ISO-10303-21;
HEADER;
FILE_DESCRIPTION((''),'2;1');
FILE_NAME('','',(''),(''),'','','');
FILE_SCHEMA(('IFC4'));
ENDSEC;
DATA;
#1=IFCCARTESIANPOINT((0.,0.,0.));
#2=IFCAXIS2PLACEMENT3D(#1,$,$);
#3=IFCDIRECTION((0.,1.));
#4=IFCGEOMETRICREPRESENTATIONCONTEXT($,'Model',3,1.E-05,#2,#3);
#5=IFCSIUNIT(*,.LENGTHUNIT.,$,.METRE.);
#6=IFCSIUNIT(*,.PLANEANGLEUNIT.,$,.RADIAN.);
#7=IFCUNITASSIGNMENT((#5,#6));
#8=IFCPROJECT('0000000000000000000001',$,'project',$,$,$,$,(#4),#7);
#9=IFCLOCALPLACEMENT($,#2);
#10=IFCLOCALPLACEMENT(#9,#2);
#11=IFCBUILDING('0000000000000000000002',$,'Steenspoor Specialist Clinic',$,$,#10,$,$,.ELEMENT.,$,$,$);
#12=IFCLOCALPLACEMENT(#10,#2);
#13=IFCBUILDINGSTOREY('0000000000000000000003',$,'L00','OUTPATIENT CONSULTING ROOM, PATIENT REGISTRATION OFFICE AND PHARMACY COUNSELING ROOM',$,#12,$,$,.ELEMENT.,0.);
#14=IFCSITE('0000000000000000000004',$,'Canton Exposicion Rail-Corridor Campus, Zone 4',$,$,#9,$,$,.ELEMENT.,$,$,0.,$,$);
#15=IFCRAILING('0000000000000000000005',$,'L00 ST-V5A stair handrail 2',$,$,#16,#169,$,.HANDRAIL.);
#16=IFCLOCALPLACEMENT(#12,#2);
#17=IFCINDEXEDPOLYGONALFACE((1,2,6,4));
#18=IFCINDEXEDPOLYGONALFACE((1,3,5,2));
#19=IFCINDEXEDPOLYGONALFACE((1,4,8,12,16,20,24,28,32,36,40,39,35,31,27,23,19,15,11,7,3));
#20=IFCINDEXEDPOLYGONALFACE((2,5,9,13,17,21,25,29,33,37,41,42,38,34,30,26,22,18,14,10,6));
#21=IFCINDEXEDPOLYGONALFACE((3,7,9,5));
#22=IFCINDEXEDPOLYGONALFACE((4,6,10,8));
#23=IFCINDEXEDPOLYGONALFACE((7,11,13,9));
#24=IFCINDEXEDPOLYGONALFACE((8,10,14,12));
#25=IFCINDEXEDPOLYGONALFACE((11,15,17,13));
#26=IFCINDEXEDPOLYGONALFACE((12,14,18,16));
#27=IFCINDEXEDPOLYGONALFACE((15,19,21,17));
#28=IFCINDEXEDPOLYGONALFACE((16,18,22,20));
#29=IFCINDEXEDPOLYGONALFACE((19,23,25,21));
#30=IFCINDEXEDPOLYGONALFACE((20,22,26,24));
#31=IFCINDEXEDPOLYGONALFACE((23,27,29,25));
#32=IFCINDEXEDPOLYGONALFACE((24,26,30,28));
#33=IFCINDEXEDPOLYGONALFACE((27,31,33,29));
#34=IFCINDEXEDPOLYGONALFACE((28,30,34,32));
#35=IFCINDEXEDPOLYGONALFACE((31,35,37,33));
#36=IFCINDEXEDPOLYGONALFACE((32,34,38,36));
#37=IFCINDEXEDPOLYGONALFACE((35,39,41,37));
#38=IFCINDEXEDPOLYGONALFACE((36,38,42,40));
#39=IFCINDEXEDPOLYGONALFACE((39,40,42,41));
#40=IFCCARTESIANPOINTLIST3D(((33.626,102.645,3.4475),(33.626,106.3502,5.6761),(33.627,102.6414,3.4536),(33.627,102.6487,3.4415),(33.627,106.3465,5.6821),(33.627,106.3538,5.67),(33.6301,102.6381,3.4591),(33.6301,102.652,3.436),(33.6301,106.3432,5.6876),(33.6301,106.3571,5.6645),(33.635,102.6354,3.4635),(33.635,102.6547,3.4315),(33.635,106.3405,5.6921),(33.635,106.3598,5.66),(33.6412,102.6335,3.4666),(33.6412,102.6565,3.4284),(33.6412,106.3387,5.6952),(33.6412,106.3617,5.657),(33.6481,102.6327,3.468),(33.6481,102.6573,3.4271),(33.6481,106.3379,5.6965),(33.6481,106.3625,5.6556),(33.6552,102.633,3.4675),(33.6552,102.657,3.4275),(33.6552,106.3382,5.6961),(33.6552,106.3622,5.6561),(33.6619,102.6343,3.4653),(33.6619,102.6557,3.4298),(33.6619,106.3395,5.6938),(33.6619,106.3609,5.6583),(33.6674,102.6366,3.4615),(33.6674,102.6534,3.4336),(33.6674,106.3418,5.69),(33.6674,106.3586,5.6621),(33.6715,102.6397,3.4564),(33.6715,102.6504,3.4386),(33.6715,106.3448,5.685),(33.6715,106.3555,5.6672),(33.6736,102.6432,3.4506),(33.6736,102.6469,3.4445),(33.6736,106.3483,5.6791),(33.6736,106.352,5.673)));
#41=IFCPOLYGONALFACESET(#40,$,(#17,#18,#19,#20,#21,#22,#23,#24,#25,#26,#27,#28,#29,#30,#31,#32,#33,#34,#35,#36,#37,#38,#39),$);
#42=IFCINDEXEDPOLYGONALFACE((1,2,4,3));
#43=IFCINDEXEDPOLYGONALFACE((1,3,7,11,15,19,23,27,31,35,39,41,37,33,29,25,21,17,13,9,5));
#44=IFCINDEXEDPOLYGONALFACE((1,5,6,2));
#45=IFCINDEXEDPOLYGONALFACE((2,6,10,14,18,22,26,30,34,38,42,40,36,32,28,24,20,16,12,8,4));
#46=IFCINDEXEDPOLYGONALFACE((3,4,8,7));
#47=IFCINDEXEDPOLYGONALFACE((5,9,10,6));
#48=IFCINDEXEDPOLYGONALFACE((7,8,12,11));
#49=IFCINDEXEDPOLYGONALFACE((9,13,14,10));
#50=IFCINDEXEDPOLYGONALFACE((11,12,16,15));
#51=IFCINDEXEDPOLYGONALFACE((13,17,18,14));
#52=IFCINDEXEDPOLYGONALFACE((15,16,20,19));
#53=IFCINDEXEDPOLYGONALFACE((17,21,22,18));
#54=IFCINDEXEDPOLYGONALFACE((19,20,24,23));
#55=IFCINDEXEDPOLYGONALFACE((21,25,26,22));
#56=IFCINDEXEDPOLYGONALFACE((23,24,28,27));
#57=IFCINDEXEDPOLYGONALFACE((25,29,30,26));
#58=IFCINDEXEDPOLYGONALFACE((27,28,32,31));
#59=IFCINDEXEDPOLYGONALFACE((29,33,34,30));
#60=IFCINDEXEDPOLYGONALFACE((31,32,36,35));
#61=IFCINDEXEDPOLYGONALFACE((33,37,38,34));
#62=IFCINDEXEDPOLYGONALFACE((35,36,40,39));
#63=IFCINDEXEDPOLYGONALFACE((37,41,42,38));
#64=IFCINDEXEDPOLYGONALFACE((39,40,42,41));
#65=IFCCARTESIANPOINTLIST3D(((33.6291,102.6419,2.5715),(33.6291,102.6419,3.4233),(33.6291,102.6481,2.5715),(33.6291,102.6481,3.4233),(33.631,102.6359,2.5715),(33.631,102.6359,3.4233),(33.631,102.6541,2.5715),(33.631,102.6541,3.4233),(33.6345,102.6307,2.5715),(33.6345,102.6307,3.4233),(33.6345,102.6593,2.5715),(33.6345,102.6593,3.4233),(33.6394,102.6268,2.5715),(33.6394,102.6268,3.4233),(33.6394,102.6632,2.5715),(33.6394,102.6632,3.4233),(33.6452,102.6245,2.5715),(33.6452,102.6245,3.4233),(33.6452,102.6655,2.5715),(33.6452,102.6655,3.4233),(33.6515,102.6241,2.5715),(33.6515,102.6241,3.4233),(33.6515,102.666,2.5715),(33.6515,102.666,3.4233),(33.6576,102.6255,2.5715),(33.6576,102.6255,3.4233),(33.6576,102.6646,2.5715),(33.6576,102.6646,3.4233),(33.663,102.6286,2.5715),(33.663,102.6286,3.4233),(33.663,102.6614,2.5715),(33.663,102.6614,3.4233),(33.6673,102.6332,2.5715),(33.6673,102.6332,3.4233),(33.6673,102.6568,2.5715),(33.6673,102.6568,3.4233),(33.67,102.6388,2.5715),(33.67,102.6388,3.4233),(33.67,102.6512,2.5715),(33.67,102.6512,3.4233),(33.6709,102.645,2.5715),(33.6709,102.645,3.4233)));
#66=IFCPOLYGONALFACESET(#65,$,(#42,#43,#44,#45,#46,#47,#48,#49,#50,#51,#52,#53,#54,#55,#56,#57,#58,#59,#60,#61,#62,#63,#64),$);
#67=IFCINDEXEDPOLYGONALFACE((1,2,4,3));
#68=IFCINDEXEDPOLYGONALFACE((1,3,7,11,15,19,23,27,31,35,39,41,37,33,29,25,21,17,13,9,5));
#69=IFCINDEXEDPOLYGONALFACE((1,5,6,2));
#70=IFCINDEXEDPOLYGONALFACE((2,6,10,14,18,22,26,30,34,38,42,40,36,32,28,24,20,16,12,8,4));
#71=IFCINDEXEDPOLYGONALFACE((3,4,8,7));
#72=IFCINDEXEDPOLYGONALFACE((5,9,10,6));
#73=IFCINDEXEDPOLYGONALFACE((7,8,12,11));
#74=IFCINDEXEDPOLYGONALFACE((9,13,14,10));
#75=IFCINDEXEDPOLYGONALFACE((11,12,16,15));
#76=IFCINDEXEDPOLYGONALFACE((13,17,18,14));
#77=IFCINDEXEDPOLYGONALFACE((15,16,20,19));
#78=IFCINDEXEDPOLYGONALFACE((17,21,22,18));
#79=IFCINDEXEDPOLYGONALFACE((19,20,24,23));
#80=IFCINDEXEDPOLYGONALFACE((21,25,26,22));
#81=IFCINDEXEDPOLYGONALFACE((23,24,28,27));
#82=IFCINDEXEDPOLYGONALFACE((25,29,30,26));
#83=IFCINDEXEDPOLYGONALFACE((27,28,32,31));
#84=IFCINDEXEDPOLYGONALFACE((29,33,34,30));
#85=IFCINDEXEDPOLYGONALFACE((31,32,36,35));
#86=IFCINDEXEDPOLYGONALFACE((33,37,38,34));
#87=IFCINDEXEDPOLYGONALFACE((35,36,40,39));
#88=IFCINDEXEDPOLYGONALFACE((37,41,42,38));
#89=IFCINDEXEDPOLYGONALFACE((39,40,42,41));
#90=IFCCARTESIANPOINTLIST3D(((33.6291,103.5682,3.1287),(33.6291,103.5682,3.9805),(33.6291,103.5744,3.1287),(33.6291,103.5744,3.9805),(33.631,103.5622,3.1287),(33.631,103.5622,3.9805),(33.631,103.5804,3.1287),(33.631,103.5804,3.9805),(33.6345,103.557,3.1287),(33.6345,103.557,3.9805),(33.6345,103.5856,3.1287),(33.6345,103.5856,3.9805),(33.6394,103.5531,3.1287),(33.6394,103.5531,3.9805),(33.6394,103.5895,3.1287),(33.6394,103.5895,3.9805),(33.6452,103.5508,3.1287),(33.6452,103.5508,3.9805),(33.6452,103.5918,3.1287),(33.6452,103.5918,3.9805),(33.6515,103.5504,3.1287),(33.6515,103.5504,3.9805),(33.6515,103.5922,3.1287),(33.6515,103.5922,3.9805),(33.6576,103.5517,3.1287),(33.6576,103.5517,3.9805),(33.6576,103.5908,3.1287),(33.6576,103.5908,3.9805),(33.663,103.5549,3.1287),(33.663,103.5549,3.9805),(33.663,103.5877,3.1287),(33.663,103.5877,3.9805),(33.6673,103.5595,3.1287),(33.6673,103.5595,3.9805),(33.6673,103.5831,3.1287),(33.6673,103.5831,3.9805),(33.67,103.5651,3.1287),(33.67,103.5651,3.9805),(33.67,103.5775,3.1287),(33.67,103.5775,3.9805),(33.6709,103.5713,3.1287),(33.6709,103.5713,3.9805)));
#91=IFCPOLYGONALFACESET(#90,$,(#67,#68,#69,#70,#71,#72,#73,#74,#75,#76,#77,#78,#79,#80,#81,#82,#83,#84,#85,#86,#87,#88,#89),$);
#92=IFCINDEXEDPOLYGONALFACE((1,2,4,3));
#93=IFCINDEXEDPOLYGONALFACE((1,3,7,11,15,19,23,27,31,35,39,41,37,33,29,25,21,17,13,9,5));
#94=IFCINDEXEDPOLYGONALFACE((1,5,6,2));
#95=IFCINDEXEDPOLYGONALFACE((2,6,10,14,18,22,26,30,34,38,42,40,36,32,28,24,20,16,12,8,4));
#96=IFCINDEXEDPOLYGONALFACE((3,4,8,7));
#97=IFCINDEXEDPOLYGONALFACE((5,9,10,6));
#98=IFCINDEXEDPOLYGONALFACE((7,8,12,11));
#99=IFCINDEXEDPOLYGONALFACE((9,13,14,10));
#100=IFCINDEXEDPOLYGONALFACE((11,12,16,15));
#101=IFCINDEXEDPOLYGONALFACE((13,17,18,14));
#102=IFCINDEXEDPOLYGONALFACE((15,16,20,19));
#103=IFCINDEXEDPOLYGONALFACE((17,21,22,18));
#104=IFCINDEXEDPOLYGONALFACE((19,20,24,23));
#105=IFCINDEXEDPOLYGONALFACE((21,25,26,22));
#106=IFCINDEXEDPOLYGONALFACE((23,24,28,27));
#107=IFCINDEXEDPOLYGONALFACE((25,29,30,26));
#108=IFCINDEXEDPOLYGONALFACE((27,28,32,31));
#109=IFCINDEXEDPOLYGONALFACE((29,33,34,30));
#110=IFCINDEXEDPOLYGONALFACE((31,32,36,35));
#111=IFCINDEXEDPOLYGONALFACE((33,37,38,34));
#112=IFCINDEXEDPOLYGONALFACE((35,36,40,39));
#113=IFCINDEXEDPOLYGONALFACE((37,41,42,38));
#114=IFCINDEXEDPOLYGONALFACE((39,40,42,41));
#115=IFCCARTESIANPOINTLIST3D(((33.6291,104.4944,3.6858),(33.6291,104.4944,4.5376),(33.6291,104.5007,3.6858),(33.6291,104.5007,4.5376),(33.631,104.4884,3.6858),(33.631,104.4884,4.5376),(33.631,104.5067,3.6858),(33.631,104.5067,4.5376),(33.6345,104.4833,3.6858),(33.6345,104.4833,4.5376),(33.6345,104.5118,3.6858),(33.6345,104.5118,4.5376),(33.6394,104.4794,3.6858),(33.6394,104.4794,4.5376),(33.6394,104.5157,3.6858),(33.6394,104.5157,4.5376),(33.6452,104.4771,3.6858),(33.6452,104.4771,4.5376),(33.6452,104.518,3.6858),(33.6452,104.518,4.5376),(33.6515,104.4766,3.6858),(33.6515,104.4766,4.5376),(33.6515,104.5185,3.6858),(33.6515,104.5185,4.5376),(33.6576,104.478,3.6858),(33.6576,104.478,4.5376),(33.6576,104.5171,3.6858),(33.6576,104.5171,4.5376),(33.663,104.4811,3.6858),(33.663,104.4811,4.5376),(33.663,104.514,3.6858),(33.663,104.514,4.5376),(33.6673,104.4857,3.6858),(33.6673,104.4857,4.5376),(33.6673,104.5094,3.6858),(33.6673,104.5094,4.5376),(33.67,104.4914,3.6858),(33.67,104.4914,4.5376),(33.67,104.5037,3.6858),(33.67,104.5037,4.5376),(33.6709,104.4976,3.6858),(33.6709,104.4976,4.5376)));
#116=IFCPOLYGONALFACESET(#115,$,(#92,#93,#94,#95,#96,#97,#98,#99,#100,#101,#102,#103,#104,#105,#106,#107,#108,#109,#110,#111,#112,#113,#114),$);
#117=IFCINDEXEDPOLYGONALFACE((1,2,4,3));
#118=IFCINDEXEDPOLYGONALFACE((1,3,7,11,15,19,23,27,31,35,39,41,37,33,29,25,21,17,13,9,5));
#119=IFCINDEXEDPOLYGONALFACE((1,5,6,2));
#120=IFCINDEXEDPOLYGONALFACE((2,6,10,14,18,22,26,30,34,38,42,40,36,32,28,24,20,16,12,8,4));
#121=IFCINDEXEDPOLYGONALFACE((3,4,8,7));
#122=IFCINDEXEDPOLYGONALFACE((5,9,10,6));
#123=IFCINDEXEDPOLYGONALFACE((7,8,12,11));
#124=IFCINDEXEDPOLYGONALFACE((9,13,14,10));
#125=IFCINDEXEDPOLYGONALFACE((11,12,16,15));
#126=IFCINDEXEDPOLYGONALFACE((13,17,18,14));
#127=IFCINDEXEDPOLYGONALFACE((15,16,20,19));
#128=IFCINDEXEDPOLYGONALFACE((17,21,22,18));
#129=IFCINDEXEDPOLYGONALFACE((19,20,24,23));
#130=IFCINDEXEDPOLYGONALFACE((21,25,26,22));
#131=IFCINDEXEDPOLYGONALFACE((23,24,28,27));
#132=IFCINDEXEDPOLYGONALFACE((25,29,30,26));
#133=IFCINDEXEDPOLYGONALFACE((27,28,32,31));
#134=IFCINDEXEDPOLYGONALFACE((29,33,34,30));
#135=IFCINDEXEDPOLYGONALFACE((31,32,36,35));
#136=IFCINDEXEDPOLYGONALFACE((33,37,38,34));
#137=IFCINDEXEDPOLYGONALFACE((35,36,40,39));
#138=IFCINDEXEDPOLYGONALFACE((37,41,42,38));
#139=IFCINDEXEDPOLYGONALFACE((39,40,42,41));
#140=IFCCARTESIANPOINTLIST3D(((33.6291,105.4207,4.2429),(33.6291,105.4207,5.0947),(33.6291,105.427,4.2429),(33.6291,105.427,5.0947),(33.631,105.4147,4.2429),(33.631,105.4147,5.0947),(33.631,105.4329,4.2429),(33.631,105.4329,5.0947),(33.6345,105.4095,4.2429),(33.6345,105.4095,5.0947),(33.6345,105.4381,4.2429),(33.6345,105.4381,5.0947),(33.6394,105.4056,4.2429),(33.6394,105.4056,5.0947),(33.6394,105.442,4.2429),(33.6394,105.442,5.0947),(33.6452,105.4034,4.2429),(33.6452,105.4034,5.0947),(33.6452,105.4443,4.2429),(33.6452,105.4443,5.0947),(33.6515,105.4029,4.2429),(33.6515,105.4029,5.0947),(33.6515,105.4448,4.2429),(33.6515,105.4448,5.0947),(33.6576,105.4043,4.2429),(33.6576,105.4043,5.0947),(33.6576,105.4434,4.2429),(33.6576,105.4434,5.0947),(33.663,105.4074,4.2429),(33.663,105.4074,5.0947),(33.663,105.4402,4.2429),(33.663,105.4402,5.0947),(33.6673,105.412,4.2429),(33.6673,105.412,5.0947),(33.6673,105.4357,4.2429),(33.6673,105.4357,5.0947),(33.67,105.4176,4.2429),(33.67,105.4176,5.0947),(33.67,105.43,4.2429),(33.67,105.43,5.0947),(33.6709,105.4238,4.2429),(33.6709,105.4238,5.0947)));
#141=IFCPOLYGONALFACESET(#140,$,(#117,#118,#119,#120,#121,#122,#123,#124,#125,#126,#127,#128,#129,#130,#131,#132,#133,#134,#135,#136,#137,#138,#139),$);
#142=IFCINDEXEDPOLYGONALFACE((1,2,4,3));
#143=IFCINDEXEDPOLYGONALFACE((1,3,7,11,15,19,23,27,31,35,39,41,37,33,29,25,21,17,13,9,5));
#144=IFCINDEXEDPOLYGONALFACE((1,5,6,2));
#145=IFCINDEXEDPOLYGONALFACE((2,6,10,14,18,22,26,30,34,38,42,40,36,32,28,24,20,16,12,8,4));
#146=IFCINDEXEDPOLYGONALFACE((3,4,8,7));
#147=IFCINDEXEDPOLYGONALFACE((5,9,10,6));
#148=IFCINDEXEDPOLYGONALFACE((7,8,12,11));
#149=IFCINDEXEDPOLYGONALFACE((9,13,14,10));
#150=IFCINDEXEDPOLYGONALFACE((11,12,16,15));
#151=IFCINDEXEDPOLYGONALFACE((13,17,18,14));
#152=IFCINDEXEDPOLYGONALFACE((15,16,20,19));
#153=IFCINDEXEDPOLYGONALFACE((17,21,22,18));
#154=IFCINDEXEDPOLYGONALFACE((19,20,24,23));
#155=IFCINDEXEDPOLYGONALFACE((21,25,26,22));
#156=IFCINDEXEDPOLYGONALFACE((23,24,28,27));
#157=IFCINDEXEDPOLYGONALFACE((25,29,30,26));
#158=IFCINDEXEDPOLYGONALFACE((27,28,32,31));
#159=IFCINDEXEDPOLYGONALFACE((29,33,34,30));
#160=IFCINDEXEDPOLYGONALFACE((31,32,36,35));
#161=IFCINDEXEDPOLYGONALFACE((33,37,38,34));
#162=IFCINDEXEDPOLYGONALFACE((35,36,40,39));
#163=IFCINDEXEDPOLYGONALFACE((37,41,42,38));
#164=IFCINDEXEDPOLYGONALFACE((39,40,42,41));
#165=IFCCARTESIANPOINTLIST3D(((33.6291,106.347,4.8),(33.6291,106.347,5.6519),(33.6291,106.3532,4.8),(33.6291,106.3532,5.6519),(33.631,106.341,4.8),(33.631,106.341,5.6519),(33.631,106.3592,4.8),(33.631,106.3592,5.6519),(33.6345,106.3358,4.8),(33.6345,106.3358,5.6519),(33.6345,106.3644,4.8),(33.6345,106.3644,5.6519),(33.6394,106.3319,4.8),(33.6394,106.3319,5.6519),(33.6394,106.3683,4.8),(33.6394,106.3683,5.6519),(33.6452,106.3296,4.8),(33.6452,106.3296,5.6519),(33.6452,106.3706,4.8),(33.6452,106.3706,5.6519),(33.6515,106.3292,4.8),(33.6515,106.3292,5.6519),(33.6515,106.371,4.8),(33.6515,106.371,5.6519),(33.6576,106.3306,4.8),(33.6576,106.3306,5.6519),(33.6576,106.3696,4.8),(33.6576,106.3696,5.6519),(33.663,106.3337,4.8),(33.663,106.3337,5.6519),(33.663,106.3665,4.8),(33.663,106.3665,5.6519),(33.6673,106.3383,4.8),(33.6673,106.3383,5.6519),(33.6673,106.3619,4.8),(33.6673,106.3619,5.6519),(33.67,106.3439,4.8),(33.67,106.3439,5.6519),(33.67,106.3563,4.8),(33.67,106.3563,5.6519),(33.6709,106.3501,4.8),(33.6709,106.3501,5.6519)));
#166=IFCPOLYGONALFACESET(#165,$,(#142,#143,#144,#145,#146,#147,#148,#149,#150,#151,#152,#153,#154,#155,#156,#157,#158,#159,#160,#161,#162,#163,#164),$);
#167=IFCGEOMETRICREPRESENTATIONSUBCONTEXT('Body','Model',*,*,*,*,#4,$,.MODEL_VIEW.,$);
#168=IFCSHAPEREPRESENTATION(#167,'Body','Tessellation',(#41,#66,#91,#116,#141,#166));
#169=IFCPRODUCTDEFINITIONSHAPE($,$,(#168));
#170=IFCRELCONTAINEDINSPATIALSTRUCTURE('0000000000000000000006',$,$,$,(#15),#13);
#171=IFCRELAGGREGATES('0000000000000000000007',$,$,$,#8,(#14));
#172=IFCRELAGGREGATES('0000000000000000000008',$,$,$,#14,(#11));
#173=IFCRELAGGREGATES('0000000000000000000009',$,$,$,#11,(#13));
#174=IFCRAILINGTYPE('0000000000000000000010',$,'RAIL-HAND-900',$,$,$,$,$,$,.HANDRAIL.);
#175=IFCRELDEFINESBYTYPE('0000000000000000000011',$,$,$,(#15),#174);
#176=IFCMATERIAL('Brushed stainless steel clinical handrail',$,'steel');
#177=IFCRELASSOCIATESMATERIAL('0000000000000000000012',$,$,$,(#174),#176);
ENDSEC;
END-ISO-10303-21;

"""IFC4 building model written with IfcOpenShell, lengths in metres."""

from ifc_helpers import new_model, si_unit, direction, frame, origin, origin_2d, place, context, subcontext, project, spatial, circle, extrude, material, type_object, element, save


model = new_model("IFC4")

# Units and contexts
model_context = context("Model", 3, precision=1e-05, world=origin(), true_north=direction((0.0, 1.0)))
body_context = subcontext(model_context, "Body", "Model", "MODEL_VIEW")
ifc_project = project(units=[si_unit("LENGTHUNIT", "METRE"), si_unit("PLANEANGLEUNIT", "RADIAN")], contexts=[model_context])

# Site, building, storey
site_placement = place(None, origin())
site = spatial("IfcSite", under=ifc_project, at=site_placement, Name="Canton Exposicion Rail-Corridor Campus, Zone 4", CompositionType="ELEMENT", RefElevation=0.0)
building_placement = place(site_placement, origin())
building = spatial("IfcBuilding", under=site, at=building_placement, Name="Steenspoor Specialist Clinic", CompositionType="ELEMENT")
storey_placement = place(building_placement, origin())
storey = spatial("IfcBuildingStorey", under=building, at=storey_placement, Name="L00", Description="OUTPATIENT CONSULTING ROOM, PATIENT REGISTRATION OFFICE AND PHARMACY COUNSELING ROOM", CompositionType="ELEMENT", Elevation=0.0)

# Railing
ifc_material_1 = material(Name="Brushed stainless steel clinical handrail", Category="steel")
railing_type_1 = type_object("IfcRailingType", Name="RAIL-HAND-900", PredefinedType="HANDRAIL", material=ifc_material_1)
railing_1_placement = place(storey_placement, frame((33.6499, 102.645, 2.5715)))
element("IfcRailing", 1, at=railing_1_placement, inside=storey, type_object=railing_type_1, Name="L00 ST-V5A stair handrail 2", PredefinedType="HANDRAIL", context=body_context, shape_type="SweptSolid", body=[
    extrude(circle(Radius=0.0239, at=origin_2d()), frame((0.0, 0.0, 0.876), z_axis=(0.0, 0.856934, 0.515425), x_axis=(-1.0, 0.0, 0.0)), (0.0, 0.0, 1.0), 4.3237),
    extrude(circle(Radius=0.021, at=origin_2d()), origin(), (0.0, 0.0, 1.0), 0.8518),
    extrude(circle(Radius=0.021, at=origin_2d()), frame((0.0, 0.9263, 0.5571)), (0.0, 0.0, 1.0), 0.8518),
    extrude(circle(Radius=0.021, at=origin_2d()), frame((0.0, 1.8525, 1.1143)), (0.0, 0.0, 1.0), 0.8518),
    extrude(circle(Radius=0.021, at=origin_2d()), frame((0.0, 2.7788, 1.6714)), (0.0, 0.0, 1.0), 0.8518),
    extrude(circle(Radius=0.021, at=origin_2d()), frame((0.0, 3.7051, 2.2285)), (0.0, 0.0, 1.0), 0.8518),
])

save(model, "model.ifc")
